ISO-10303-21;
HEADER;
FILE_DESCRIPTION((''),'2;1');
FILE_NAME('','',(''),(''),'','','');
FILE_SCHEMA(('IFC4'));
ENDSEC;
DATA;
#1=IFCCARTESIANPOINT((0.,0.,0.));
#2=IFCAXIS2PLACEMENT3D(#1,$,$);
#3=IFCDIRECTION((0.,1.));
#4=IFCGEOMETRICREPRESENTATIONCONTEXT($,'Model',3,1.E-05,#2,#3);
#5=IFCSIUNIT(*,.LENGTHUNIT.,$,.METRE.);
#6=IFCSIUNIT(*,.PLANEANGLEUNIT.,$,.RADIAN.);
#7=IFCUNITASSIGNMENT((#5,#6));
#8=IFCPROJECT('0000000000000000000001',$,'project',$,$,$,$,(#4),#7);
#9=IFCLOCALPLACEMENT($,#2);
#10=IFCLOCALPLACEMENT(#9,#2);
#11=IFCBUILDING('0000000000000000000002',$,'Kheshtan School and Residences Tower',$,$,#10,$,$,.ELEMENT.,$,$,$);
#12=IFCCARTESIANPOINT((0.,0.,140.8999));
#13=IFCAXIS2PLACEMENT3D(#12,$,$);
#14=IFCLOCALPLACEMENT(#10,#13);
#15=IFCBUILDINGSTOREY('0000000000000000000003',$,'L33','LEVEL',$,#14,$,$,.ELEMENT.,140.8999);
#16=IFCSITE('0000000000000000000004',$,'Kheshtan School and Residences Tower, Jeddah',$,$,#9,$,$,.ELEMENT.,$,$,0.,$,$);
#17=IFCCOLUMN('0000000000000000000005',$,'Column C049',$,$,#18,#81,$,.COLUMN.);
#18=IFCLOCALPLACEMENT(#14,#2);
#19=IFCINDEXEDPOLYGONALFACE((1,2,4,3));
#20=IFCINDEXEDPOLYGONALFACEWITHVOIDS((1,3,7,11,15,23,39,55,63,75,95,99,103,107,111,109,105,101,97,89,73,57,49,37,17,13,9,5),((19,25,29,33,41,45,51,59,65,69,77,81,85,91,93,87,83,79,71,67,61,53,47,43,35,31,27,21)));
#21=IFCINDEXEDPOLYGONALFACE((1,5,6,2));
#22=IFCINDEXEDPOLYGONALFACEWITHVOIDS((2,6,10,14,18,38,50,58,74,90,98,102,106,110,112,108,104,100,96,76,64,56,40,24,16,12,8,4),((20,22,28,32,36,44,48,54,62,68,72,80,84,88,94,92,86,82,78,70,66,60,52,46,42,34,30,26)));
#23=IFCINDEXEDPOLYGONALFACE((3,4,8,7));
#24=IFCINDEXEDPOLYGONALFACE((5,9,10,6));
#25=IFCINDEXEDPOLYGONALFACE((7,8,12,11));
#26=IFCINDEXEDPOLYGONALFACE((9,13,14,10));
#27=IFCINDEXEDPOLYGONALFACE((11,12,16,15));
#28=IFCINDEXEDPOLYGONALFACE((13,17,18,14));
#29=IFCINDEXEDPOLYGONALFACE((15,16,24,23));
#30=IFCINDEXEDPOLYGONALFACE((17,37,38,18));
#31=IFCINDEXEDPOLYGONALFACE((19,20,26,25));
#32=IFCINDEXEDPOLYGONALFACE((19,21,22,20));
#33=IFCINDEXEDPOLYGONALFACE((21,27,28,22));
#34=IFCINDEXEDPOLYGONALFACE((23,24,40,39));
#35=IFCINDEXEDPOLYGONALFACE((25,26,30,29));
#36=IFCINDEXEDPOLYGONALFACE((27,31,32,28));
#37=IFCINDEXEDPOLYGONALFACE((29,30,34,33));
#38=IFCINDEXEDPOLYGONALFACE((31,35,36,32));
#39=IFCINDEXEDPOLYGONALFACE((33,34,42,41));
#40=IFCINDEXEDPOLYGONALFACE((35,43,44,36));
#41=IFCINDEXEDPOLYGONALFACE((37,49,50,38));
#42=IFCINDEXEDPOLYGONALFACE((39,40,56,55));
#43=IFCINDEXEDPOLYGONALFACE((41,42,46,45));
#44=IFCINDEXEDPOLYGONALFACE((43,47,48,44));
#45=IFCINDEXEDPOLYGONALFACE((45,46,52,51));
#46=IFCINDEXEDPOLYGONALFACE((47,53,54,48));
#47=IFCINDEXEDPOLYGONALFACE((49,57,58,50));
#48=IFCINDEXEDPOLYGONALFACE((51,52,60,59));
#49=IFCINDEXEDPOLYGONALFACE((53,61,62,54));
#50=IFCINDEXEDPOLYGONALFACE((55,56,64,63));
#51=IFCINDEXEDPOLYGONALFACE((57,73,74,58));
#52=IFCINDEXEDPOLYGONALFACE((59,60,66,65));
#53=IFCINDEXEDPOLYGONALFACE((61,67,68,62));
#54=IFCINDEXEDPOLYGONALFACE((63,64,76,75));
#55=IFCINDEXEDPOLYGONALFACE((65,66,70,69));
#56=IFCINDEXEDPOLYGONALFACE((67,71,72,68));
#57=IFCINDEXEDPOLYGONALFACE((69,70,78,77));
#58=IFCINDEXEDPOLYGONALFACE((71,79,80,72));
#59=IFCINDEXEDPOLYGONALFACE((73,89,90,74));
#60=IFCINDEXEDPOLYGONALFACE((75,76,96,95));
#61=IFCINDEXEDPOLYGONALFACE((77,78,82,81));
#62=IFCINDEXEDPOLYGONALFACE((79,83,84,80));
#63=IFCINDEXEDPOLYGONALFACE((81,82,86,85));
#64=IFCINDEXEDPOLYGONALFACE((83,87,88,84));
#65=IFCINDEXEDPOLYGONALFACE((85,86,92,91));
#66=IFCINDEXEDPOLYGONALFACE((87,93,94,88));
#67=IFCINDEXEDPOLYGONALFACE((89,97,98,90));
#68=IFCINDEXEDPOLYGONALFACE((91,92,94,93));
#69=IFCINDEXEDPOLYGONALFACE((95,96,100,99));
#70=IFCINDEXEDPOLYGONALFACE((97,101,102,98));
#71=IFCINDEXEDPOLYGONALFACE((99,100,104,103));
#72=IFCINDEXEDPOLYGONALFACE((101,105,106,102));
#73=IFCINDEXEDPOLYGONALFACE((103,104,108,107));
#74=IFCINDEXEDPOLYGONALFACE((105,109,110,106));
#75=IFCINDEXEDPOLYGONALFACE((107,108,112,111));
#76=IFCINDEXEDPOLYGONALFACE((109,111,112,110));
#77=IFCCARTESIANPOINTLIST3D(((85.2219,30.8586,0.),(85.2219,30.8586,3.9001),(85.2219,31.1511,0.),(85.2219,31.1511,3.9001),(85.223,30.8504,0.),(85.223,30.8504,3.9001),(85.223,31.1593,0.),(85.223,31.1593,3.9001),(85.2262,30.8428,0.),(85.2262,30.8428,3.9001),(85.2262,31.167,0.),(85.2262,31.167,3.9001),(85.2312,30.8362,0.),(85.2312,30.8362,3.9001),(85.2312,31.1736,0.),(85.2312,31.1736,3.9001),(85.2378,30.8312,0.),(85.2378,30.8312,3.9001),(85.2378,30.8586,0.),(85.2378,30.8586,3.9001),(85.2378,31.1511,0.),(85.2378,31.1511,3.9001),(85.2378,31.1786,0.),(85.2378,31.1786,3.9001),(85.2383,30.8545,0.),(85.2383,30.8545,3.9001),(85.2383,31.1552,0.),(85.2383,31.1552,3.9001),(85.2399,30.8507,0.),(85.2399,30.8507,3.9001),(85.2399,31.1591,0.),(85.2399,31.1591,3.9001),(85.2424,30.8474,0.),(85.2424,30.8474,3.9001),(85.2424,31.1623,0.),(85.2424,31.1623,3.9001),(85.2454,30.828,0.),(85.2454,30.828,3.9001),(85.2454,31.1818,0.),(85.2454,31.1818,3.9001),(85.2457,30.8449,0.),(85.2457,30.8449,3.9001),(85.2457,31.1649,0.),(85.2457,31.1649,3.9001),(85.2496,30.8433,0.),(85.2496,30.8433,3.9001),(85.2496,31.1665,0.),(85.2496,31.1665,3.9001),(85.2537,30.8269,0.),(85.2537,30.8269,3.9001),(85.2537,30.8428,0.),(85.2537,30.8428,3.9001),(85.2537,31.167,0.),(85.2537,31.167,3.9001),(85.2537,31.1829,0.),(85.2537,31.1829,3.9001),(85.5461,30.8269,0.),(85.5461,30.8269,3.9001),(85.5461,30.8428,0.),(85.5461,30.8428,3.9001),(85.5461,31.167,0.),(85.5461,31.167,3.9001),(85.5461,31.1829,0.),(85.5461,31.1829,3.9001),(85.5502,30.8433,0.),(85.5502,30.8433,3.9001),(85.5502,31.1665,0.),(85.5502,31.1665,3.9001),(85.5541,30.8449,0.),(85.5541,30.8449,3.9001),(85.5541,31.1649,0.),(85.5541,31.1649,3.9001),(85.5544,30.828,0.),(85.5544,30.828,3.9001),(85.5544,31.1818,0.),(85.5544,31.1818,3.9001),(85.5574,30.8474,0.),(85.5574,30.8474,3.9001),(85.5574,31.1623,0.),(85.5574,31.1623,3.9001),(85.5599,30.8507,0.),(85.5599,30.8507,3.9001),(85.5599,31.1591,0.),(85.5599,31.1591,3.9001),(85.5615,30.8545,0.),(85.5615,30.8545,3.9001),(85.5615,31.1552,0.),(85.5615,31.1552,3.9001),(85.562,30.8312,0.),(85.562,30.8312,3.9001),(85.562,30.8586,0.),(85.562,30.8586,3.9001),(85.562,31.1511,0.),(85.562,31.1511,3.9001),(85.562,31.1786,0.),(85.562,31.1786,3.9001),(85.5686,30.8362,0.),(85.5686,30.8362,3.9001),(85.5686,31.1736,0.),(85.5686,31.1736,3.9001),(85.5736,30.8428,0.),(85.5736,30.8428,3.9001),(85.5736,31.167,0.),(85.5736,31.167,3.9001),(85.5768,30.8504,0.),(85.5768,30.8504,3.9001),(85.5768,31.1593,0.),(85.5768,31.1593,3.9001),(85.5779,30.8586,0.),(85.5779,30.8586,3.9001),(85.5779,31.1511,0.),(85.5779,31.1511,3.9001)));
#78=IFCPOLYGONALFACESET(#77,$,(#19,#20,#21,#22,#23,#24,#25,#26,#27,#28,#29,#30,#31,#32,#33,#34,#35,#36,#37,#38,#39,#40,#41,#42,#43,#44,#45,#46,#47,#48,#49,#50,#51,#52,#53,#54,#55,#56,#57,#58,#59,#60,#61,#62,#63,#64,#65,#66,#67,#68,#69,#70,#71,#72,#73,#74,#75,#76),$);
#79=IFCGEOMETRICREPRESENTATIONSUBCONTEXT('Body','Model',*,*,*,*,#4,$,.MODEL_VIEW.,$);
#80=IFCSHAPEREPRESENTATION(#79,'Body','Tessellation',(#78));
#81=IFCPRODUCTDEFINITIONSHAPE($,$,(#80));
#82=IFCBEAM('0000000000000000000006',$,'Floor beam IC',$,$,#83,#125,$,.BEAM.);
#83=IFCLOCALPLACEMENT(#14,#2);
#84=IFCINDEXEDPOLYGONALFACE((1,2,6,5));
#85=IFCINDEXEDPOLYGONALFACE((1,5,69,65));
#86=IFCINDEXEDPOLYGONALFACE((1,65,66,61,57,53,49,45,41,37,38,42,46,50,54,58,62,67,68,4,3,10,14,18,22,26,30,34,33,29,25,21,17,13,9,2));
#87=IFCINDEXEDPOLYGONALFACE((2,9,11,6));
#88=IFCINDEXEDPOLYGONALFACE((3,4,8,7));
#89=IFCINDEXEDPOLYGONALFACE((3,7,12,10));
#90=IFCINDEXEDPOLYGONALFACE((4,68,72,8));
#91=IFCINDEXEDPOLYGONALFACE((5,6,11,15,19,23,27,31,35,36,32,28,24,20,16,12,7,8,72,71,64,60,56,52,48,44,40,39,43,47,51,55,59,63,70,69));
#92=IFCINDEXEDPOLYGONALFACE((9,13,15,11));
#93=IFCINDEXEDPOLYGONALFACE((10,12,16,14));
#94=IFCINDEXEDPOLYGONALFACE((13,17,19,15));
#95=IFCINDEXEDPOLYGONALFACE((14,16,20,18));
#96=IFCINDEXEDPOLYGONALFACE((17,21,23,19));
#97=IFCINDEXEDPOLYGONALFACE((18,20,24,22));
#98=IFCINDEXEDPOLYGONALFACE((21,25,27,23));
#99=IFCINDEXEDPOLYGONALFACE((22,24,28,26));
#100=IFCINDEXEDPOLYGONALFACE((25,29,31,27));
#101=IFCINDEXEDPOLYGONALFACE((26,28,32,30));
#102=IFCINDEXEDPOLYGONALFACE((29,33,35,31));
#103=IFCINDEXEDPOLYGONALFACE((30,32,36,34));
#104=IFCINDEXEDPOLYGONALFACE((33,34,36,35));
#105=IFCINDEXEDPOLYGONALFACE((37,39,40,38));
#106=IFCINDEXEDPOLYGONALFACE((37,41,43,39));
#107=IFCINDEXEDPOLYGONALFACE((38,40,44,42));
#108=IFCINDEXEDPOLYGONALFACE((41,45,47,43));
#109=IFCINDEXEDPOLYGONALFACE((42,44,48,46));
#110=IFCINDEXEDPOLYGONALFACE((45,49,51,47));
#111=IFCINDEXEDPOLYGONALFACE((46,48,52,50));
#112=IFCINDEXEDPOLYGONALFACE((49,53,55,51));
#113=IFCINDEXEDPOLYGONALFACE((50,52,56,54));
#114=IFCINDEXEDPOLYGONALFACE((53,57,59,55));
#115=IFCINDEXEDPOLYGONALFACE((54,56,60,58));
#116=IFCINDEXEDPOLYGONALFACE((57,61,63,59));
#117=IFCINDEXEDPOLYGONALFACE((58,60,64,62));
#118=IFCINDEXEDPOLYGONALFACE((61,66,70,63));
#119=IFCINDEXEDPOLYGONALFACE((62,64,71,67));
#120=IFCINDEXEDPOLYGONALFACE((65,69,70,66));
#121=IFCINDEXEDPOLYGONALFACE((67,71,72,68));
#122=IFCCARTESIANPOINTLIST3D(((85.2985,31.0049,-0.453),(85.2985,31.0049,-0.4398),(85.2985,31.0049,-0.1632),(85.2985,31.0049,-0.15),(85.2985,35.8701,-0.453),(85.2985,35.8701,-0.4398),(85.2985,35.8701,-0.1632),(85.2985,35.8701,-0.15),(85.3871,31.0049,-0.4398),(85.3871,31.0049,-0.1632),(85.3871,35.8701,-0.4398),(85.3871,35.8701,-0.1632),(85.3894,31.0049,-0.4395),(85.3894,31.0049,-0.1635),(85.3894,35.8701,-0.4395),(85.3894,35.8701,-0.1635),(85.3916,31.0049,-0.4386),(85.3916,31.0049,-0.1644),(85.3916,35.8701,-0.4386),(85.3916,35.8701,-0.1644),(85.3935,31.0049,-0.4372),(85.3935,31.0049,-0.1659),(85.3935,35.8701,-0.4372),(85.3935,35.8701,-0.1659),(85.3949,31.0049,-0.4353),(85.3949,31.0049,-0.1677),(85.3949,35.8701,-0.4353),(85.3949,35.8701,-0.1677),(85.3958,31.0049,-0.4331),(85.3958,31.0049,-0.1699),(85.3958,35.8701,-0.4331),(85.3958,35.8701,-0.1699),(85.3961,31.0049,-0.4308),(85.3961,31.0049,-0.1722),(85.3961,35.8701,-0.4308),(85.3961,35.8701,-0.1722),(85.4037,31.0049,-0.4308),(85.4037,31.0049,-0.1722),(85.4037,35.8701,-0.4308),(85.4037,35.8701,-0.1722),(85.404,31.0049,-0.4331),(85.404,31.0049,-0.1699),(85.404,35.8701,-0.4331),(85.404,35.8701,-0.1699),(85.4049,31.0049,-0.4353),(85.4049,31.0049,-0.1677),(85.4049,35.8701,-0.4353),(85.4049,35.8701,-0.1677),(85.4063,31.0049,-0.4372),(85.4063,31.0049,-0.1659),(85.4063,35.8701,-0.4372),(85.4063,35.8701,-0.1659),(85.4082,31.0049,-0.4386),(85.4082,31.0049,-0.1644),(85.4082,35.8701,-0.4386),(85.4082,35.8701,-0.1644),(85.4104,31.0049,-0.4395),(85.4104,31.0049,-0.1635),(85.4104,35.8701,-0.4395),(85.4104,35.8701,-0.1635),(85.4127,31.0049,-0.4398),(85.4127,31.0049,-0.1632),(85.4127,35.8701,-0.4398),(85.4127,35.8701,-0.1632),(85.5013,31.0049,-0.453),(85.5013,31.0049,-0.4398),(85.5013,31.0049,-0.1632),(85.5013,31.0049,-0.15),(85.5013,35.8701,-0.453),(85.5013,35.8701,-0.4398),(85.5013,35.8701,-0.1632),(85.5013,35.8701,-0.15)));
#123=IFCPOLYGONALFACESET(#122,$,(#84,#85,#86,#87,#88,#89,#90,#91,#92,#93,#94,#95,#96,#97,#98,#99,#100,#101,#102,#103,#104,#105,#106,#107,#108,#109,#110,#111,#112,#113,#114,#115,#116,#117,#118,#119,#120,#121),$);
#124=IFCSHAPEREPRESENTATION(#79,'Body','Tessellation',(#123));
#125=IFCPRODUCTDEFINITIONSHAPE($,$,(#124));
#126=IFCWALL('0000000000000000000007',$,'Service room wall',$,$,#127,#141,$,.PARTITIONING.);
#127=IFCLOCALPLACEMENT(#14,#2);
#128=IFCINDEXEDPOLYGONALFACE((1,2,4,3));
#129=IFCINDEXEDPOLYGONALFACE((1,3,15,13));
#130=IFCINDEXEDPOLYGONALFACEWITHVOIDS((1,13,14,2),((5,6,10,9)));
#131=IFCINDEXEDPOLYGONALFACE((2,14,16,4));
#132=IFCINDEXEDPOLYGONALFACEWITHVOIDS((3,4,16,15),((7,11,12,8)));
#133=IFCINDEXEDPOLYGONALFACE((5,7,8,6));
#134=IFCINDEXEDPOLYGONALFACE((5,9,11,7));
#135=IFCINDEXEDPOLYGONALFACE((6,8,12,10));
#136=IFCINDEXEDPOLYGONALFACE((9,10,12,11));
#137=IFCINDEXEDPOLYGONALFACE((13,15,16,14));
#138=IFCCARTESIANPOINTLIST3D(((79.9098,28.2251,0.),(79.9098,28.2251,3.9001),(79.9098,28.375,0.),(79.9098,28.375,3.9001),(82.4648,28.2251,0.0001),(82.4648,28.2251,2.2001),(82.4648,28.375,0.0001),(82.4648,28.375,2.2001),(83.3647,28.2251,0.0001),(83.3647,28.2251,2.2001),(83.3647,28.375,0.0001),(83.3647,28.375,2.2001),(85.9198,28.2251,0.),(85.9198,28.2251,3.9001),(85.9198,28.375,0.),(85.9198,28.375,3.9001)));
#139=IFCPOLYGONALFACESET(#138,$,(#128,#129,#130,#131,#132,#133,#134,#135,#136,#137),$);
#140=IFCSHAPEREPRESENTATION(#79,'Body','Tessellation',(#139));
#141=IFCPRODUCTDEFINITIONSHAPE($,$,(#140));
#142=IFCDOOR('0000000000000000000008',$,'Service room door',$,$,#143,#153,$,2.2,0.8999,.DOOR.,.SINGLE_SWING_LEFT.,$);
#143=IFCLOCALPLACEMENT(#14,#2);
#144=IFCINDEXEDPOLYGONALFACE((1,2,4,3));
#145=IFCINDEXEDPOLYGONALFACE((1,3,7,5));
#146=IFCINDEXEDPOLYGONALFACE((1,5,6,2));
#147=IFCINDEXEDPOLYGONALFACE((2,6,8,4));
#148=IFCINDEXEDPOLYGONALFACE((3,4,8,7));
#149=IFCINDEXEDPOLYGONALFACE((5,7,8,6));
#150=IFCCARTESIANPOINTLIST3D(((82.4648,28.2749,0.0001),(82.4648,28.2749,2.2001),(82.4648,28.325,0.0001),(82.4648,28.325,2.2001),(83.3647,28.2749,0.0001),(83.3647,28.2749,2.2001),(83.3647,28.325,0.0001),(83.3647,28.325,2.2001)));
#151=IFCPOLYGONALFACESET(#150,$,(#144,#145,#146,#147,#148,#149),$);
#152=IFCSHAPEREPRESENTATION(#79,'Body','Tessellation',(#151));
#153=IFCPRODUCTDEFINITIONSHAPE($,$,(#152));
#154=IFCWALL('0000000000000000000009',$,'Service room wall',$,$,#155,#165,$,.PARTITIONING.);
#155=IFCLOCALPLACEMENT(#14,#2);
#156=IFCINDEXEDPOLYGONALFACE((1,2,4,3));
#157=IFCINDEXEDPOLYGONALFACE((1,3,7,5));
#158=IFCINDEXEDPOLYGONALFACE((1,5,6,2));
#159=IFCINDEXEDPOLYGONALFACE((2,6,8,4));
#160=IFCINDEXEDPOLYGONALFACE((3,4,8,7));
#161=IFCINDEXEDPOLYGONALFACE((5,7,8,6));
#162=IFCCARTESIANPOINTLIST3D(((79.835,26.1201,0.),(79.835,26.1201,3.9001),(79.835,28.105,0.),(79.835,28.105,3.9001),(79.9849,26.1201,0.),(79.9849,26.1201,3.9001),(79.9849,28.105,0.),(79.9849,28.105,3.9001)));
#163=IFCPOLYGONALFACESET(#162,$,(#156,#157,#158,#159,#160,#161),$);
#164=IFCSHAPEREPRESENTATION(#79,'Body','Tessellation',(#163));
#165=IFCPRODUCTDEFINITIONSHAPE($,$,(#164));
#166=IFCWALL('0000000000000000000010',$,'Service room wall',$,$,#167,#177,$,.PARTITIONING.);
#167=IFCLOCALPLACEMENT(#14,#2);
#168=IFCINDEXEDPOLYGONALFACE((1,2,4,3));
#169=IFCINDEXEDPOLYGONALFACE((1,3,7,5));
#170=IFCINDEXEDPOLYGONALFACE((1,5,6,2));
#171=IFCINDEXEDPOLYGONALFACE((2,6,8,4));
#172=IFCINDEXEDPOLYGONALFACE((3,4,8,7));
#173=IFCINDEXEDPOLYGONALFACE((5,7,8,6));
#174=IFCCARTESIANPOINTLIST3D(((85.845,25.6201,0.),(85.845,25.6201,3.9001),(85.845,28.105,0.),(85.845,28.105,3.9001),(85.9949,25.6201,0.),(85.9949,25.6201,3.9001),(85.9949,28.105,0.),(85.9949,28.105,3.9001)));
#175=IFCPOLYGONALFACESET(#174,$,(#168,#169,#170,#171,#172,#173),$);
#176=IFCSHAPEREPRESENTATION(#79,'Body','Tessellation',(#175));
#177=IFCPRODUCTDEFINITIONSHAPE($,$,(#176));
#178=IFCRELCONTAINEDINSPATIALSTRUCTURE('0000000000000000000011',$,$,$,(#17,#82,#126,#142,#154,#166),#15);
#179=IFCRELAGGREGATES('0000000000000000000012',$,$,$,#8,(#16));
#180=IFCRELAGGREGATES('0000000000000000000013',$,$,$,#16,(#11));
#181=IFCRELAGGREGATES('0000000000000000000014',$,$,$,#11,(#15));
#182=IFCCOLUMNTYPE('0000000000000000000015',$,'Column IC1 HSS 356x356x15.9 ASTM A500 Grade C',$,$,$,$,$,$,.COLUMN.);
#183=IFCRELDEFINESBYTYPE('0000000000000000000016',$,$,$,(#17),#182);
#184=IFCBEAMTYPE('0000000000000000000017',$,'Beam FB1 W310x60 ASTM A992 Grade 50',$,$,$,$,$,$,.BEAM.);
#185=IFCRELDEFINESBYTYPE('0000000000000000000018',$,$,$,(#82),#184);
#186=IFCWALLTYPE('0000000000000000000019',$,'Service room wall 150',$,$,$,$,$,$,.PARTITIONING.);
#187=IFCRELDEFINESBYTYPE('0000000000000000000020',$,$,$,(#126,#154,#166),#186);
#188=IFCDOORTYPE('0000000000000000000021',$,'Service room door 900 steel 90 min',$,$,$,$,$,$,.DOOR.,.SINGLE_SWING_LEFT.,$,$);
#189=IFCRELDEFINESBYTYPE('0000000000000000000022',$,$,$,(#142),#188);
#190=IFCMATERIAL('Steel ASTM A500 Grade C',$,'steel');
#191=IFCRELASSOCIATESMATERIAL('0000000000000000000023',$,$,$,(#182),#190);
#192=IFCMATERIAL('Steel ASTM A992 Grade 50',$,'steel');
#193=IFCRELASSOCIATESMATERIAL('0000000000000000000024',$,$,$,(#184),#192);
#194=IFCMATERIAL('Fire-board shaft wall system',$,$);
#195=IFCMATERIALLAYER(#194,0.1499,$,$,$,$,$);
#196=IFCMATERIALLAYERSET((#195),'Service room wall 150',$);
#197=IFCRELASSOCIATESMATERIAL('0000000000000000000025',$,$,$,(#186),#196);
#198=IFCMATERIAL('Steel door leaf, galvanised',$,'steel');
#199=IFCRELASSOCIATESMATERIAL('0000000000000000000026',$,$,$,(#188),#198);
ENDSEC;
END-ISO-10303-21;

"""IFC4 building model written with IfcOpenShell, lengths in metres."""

from ifc_helpers import new_model, si_unit, direction, frame, frame_2d, origin, origin_2d, place, context, subcontext, project, spatial, rectangle, hollow_rectangle, i_section, extrude, source, transform, mapped, material, layer, layer_set, material_profile, profile_set, type_object, element, fill, save


model = new_model("IFC4")

# Units and contexts
model_context = context("Model", 3, precision=1e-05, world=origin(), true_north=direction((0.0, 1.0)))
body_context = subcontext(model_context, "Body", "Model", "MODEL_VIEW")
ifc_project = project(units=[si_unit("LENGTHUNIT", "METRE"), si_unit("PLANEANGLEUNIT", "RADIAN")], contexts=[model_context])

# Site, building, storey
site_placement = place(None, origin())
site = spatial("IfcSite", under=ifc_project, at=site_placement, Name="Kheshtan School and Residences Tower, Jeddah", CompositionType="ELEMENT", RefElevation=0.0)
building_placement = place(site_placement, origin())
building = spatial("IfcBuilding", under=site, at=building_placement, Name="Kheshtan School and Residences Tower", CompositionType="ELEMENT")
storey_placement = place(building_placement, frame((0.0, 0.0, 140.8999)))
storey = spatial("IfcBuildingStorey", under=building, at=storey_placement, Name="L33", Description="LEVEL", CompositionType="ELEMENT", Elevation=140.8999)

# Column
ifc_material_1 = material(Name="Steel ASTM A500 Grade C", Category="steel")
ifc_material_profile_1 = material_profile(ifc_material_1, hollow_rectangle(XDim=0.356, YDim=0.356, WallThickness=0.0159, InnerFilletRadius=0.0159, OuterFilletRadius=0.0317, at=origin_2d()), Name="HSS 356x356x15.9")
ifc_profile_set_1 = profile_set([ifc_material_profile_1], Name="Steel ASTM A500 Grade C")
column_type = type_object("IfcColumnType", Name="Column IC1 HSS 356x356x15.9 ASTM A500 Grade C", PredefinedType="COLUMN", material=ifc_profile_set_1)
column_placement = place(storey_placement, frame((85.3999, 31.0049, 0.0), z_axis=(0.0, 0.0, 1.0), x_axis=(1.0, 0.0, 0.0)))
element("IfcColumn", 1, at=column_placement, inside=storey, type_object=column_type, Name="Column C049", PredefinedType="COLUMN", context=body_context, shape_type="SweptSolid", body=[
    extrude(hollow_rectangle(XDim=0.356, YDim=0.356, WallThickness=0.0159, InnerFilletRadius=0.0159, OuterFilletRadius=0.0317, at=origin_2d()), origin(), (0.0, 0.0, 1.0), 3.9001),
])

# Beam
ifc_material_2 = material(Name="Steel ASTM A992 Grade 50", Category="steel")
ifc_material_profile_2 = material_profile(ifc_material_2, i_section(OverallWidth=0.2029, OverallDepth=0.303, WebThickness=0.0076, FlangeThickness=0.0132, FilletRadius=0.009, at=origin_2d()), Name="W310x60")
ifc_profile_set_2 = profile_set([ifc_material_profile_2], Name="Steel ASTM A992 Grade 50")
beam_type = type_object("IfcBeamType", Name="Beam FB1 W310x60 ASTM A992 Grade 50", PredefinedType="BEAM", material=ifc_profile_set_2)
beam_placement = place(storey_placement, frame((85.3999, 31.0049, -0.3015), z_axis=(0.0, 1.0, 0.0), x_axis=(-1.0, 0.0, 0.0)))
element("IfcBeam", 2, at=beam_placement, inside=storey, type_object=beam_type, Name="Floor beam IC", PredefinedType="BEAM", context=body_context, shape_type="SweptSolid", body=[
    extrude(i_section(OverallWidth=0.2029, OverallDepth=0.303, WebThickness=0.0076, FlangeThickness=0.0132, FilletRadius=0.009, at=origin_2d()), origin(), (0.0, 0.0, 1.0), 4.8652),
])

# Wall, opening, door
ifc_material_3 = material(Name="Fire-board shaft wall system")
ifc_layer_1 = layer(ifc_material_3, 0.1499)
ifc_layer_set_1 = layer_set([ifc_layer_1], Name="Service room wall 150")
wall_type_1 = type_object("IfcWallType", Name="Service room wall 150", PredefinedType="PARTITIONING", material=ifc_layer_set_1)
wall_1_placement = place(storey_placement, frame((79.9099, 28.3, 0.0), z_axis=(0.0, 0.0, 1.0), x_axis=(1.0, 0.0, 0.0)))
wall_1 = element("IfcWall", 3, at=wall_1_placement, inside=storey, type_object=wall_type_1, Name="Service room wall", PredefinedType="PARTITIONING", context=body_context, shape_type="SweptSolid", body=[
    extrude(rectangle(XDim=6.01, YDim=0.1499, at=frame_2d((3.0049, 0.0))), origin(), (0.0, 0.0, 1.0), 3.9001),
])
opening_1_placement = place(wall_1_placement, frame((2.5549, 0.0, 0.0)))
opening_1 = element("IfcOpeningElement", 4, at=opening_1_placement, cuts=wall_1, PredefinedType="OPENING", context=body_context, shape_type="SweptSolid", body=[
    extrude(rectangle(XDim=0.8999, YDim=2.2, at=frame_2d((0.45, 1.1001))), frame((0.0, 0.085, 0.0), z_axis=(0.0, -1.0, 0.0), x_axis=(1.0, 0.0, 0.0)), (0.0, 0.0, 1.0), 0.1699),
])
ifc_material_4 = material(Name="Steel door leaf, galvanised", Category="steel")
door_type_1 = type_object("IfcDoorType", Name="Service room door 900 steel 90 min", OperationType="SINGLE_SWING_LEFT", PredefinedType="DOOR", material=ifc_material_4)
shared_shape_1 = source(origin(), body_context, "Body", "SweptSolid", [
    extrude(rectangle(XDim=0.8999, YDim=2.2, at=frame_2d((0.45, 1.1001))), frame((0.0, 0.0249, 0.0), z_axis=(0.0, -1.0, 0.0), x_axis=(1.0, 0.0, 0.0)), (0.0, 0.0, 1.0), 0.05),
])
door_1_placement = place(opening_1_placement, origin())
door_1 = element("IfcDoor", 5, at=door_1_placement, inside=storey, type_object=door_type_1, Name="Service room door", OperationType="SINGLE_SWING_LEFT", OverallHeight=2.2, OverallWidth=0.8999, PredefinedType="DOOR", context=body_context, shape_type="MappedRepresentation", body=[
    mapped(shared_shape_1, transform((0.0, 0.0, 0.0), x_axis=(1.0, 0.0, 0.0), y_axis=(0.0, 1.0, 0.0), z_axis=(0.0, 0.0, 1.0), scale=1.0)),
])
fill(opening_1, door_1)

# Walls
wall_2_placement = place(storey_placement, frame((79.9099, 26.1201, 0.0), z_axis=(0.0, 0.0, 1.0), x_axis=(0.0, 1.0, 0.0)))
element("IfcWall", 6, at=wall_2_placement, inside=storey, type_object=wall_type_1, Name="Service room wall", PredefinedType="PARTITIONING", context=body_context, shape_type="SweptSolid", body=[
    extrude(rectangle(XDim=1.9849, YDim=0.1499, at=frame_2d((0.9924, 0.0))), origin(), (0.0, 0.0, 1.0), 3.9001),
])
wall_3_placement = place(storey_placement, frame((85.9199, 25.6201, 0.0), z_axis=(0.0, 0.0, 1.0), x_axis=(0.0, 1.0, 0.0)))
element("IfcWall", 7, at=wall_3_placement, inside=storey, type_object=wall_type_1, Name="Service room wall", PredefinedType="PARTITIONING", context=body_context, shape_type="SweptSolid", body=[
    extrude(rectangle(XDim=2.4849, YDim=0.1499, at=frame_2d((1.2424, 0.0))), origin(), (0.0, 0.0, 1.0), 3.9001),
])

save(model, "model.ifc")
